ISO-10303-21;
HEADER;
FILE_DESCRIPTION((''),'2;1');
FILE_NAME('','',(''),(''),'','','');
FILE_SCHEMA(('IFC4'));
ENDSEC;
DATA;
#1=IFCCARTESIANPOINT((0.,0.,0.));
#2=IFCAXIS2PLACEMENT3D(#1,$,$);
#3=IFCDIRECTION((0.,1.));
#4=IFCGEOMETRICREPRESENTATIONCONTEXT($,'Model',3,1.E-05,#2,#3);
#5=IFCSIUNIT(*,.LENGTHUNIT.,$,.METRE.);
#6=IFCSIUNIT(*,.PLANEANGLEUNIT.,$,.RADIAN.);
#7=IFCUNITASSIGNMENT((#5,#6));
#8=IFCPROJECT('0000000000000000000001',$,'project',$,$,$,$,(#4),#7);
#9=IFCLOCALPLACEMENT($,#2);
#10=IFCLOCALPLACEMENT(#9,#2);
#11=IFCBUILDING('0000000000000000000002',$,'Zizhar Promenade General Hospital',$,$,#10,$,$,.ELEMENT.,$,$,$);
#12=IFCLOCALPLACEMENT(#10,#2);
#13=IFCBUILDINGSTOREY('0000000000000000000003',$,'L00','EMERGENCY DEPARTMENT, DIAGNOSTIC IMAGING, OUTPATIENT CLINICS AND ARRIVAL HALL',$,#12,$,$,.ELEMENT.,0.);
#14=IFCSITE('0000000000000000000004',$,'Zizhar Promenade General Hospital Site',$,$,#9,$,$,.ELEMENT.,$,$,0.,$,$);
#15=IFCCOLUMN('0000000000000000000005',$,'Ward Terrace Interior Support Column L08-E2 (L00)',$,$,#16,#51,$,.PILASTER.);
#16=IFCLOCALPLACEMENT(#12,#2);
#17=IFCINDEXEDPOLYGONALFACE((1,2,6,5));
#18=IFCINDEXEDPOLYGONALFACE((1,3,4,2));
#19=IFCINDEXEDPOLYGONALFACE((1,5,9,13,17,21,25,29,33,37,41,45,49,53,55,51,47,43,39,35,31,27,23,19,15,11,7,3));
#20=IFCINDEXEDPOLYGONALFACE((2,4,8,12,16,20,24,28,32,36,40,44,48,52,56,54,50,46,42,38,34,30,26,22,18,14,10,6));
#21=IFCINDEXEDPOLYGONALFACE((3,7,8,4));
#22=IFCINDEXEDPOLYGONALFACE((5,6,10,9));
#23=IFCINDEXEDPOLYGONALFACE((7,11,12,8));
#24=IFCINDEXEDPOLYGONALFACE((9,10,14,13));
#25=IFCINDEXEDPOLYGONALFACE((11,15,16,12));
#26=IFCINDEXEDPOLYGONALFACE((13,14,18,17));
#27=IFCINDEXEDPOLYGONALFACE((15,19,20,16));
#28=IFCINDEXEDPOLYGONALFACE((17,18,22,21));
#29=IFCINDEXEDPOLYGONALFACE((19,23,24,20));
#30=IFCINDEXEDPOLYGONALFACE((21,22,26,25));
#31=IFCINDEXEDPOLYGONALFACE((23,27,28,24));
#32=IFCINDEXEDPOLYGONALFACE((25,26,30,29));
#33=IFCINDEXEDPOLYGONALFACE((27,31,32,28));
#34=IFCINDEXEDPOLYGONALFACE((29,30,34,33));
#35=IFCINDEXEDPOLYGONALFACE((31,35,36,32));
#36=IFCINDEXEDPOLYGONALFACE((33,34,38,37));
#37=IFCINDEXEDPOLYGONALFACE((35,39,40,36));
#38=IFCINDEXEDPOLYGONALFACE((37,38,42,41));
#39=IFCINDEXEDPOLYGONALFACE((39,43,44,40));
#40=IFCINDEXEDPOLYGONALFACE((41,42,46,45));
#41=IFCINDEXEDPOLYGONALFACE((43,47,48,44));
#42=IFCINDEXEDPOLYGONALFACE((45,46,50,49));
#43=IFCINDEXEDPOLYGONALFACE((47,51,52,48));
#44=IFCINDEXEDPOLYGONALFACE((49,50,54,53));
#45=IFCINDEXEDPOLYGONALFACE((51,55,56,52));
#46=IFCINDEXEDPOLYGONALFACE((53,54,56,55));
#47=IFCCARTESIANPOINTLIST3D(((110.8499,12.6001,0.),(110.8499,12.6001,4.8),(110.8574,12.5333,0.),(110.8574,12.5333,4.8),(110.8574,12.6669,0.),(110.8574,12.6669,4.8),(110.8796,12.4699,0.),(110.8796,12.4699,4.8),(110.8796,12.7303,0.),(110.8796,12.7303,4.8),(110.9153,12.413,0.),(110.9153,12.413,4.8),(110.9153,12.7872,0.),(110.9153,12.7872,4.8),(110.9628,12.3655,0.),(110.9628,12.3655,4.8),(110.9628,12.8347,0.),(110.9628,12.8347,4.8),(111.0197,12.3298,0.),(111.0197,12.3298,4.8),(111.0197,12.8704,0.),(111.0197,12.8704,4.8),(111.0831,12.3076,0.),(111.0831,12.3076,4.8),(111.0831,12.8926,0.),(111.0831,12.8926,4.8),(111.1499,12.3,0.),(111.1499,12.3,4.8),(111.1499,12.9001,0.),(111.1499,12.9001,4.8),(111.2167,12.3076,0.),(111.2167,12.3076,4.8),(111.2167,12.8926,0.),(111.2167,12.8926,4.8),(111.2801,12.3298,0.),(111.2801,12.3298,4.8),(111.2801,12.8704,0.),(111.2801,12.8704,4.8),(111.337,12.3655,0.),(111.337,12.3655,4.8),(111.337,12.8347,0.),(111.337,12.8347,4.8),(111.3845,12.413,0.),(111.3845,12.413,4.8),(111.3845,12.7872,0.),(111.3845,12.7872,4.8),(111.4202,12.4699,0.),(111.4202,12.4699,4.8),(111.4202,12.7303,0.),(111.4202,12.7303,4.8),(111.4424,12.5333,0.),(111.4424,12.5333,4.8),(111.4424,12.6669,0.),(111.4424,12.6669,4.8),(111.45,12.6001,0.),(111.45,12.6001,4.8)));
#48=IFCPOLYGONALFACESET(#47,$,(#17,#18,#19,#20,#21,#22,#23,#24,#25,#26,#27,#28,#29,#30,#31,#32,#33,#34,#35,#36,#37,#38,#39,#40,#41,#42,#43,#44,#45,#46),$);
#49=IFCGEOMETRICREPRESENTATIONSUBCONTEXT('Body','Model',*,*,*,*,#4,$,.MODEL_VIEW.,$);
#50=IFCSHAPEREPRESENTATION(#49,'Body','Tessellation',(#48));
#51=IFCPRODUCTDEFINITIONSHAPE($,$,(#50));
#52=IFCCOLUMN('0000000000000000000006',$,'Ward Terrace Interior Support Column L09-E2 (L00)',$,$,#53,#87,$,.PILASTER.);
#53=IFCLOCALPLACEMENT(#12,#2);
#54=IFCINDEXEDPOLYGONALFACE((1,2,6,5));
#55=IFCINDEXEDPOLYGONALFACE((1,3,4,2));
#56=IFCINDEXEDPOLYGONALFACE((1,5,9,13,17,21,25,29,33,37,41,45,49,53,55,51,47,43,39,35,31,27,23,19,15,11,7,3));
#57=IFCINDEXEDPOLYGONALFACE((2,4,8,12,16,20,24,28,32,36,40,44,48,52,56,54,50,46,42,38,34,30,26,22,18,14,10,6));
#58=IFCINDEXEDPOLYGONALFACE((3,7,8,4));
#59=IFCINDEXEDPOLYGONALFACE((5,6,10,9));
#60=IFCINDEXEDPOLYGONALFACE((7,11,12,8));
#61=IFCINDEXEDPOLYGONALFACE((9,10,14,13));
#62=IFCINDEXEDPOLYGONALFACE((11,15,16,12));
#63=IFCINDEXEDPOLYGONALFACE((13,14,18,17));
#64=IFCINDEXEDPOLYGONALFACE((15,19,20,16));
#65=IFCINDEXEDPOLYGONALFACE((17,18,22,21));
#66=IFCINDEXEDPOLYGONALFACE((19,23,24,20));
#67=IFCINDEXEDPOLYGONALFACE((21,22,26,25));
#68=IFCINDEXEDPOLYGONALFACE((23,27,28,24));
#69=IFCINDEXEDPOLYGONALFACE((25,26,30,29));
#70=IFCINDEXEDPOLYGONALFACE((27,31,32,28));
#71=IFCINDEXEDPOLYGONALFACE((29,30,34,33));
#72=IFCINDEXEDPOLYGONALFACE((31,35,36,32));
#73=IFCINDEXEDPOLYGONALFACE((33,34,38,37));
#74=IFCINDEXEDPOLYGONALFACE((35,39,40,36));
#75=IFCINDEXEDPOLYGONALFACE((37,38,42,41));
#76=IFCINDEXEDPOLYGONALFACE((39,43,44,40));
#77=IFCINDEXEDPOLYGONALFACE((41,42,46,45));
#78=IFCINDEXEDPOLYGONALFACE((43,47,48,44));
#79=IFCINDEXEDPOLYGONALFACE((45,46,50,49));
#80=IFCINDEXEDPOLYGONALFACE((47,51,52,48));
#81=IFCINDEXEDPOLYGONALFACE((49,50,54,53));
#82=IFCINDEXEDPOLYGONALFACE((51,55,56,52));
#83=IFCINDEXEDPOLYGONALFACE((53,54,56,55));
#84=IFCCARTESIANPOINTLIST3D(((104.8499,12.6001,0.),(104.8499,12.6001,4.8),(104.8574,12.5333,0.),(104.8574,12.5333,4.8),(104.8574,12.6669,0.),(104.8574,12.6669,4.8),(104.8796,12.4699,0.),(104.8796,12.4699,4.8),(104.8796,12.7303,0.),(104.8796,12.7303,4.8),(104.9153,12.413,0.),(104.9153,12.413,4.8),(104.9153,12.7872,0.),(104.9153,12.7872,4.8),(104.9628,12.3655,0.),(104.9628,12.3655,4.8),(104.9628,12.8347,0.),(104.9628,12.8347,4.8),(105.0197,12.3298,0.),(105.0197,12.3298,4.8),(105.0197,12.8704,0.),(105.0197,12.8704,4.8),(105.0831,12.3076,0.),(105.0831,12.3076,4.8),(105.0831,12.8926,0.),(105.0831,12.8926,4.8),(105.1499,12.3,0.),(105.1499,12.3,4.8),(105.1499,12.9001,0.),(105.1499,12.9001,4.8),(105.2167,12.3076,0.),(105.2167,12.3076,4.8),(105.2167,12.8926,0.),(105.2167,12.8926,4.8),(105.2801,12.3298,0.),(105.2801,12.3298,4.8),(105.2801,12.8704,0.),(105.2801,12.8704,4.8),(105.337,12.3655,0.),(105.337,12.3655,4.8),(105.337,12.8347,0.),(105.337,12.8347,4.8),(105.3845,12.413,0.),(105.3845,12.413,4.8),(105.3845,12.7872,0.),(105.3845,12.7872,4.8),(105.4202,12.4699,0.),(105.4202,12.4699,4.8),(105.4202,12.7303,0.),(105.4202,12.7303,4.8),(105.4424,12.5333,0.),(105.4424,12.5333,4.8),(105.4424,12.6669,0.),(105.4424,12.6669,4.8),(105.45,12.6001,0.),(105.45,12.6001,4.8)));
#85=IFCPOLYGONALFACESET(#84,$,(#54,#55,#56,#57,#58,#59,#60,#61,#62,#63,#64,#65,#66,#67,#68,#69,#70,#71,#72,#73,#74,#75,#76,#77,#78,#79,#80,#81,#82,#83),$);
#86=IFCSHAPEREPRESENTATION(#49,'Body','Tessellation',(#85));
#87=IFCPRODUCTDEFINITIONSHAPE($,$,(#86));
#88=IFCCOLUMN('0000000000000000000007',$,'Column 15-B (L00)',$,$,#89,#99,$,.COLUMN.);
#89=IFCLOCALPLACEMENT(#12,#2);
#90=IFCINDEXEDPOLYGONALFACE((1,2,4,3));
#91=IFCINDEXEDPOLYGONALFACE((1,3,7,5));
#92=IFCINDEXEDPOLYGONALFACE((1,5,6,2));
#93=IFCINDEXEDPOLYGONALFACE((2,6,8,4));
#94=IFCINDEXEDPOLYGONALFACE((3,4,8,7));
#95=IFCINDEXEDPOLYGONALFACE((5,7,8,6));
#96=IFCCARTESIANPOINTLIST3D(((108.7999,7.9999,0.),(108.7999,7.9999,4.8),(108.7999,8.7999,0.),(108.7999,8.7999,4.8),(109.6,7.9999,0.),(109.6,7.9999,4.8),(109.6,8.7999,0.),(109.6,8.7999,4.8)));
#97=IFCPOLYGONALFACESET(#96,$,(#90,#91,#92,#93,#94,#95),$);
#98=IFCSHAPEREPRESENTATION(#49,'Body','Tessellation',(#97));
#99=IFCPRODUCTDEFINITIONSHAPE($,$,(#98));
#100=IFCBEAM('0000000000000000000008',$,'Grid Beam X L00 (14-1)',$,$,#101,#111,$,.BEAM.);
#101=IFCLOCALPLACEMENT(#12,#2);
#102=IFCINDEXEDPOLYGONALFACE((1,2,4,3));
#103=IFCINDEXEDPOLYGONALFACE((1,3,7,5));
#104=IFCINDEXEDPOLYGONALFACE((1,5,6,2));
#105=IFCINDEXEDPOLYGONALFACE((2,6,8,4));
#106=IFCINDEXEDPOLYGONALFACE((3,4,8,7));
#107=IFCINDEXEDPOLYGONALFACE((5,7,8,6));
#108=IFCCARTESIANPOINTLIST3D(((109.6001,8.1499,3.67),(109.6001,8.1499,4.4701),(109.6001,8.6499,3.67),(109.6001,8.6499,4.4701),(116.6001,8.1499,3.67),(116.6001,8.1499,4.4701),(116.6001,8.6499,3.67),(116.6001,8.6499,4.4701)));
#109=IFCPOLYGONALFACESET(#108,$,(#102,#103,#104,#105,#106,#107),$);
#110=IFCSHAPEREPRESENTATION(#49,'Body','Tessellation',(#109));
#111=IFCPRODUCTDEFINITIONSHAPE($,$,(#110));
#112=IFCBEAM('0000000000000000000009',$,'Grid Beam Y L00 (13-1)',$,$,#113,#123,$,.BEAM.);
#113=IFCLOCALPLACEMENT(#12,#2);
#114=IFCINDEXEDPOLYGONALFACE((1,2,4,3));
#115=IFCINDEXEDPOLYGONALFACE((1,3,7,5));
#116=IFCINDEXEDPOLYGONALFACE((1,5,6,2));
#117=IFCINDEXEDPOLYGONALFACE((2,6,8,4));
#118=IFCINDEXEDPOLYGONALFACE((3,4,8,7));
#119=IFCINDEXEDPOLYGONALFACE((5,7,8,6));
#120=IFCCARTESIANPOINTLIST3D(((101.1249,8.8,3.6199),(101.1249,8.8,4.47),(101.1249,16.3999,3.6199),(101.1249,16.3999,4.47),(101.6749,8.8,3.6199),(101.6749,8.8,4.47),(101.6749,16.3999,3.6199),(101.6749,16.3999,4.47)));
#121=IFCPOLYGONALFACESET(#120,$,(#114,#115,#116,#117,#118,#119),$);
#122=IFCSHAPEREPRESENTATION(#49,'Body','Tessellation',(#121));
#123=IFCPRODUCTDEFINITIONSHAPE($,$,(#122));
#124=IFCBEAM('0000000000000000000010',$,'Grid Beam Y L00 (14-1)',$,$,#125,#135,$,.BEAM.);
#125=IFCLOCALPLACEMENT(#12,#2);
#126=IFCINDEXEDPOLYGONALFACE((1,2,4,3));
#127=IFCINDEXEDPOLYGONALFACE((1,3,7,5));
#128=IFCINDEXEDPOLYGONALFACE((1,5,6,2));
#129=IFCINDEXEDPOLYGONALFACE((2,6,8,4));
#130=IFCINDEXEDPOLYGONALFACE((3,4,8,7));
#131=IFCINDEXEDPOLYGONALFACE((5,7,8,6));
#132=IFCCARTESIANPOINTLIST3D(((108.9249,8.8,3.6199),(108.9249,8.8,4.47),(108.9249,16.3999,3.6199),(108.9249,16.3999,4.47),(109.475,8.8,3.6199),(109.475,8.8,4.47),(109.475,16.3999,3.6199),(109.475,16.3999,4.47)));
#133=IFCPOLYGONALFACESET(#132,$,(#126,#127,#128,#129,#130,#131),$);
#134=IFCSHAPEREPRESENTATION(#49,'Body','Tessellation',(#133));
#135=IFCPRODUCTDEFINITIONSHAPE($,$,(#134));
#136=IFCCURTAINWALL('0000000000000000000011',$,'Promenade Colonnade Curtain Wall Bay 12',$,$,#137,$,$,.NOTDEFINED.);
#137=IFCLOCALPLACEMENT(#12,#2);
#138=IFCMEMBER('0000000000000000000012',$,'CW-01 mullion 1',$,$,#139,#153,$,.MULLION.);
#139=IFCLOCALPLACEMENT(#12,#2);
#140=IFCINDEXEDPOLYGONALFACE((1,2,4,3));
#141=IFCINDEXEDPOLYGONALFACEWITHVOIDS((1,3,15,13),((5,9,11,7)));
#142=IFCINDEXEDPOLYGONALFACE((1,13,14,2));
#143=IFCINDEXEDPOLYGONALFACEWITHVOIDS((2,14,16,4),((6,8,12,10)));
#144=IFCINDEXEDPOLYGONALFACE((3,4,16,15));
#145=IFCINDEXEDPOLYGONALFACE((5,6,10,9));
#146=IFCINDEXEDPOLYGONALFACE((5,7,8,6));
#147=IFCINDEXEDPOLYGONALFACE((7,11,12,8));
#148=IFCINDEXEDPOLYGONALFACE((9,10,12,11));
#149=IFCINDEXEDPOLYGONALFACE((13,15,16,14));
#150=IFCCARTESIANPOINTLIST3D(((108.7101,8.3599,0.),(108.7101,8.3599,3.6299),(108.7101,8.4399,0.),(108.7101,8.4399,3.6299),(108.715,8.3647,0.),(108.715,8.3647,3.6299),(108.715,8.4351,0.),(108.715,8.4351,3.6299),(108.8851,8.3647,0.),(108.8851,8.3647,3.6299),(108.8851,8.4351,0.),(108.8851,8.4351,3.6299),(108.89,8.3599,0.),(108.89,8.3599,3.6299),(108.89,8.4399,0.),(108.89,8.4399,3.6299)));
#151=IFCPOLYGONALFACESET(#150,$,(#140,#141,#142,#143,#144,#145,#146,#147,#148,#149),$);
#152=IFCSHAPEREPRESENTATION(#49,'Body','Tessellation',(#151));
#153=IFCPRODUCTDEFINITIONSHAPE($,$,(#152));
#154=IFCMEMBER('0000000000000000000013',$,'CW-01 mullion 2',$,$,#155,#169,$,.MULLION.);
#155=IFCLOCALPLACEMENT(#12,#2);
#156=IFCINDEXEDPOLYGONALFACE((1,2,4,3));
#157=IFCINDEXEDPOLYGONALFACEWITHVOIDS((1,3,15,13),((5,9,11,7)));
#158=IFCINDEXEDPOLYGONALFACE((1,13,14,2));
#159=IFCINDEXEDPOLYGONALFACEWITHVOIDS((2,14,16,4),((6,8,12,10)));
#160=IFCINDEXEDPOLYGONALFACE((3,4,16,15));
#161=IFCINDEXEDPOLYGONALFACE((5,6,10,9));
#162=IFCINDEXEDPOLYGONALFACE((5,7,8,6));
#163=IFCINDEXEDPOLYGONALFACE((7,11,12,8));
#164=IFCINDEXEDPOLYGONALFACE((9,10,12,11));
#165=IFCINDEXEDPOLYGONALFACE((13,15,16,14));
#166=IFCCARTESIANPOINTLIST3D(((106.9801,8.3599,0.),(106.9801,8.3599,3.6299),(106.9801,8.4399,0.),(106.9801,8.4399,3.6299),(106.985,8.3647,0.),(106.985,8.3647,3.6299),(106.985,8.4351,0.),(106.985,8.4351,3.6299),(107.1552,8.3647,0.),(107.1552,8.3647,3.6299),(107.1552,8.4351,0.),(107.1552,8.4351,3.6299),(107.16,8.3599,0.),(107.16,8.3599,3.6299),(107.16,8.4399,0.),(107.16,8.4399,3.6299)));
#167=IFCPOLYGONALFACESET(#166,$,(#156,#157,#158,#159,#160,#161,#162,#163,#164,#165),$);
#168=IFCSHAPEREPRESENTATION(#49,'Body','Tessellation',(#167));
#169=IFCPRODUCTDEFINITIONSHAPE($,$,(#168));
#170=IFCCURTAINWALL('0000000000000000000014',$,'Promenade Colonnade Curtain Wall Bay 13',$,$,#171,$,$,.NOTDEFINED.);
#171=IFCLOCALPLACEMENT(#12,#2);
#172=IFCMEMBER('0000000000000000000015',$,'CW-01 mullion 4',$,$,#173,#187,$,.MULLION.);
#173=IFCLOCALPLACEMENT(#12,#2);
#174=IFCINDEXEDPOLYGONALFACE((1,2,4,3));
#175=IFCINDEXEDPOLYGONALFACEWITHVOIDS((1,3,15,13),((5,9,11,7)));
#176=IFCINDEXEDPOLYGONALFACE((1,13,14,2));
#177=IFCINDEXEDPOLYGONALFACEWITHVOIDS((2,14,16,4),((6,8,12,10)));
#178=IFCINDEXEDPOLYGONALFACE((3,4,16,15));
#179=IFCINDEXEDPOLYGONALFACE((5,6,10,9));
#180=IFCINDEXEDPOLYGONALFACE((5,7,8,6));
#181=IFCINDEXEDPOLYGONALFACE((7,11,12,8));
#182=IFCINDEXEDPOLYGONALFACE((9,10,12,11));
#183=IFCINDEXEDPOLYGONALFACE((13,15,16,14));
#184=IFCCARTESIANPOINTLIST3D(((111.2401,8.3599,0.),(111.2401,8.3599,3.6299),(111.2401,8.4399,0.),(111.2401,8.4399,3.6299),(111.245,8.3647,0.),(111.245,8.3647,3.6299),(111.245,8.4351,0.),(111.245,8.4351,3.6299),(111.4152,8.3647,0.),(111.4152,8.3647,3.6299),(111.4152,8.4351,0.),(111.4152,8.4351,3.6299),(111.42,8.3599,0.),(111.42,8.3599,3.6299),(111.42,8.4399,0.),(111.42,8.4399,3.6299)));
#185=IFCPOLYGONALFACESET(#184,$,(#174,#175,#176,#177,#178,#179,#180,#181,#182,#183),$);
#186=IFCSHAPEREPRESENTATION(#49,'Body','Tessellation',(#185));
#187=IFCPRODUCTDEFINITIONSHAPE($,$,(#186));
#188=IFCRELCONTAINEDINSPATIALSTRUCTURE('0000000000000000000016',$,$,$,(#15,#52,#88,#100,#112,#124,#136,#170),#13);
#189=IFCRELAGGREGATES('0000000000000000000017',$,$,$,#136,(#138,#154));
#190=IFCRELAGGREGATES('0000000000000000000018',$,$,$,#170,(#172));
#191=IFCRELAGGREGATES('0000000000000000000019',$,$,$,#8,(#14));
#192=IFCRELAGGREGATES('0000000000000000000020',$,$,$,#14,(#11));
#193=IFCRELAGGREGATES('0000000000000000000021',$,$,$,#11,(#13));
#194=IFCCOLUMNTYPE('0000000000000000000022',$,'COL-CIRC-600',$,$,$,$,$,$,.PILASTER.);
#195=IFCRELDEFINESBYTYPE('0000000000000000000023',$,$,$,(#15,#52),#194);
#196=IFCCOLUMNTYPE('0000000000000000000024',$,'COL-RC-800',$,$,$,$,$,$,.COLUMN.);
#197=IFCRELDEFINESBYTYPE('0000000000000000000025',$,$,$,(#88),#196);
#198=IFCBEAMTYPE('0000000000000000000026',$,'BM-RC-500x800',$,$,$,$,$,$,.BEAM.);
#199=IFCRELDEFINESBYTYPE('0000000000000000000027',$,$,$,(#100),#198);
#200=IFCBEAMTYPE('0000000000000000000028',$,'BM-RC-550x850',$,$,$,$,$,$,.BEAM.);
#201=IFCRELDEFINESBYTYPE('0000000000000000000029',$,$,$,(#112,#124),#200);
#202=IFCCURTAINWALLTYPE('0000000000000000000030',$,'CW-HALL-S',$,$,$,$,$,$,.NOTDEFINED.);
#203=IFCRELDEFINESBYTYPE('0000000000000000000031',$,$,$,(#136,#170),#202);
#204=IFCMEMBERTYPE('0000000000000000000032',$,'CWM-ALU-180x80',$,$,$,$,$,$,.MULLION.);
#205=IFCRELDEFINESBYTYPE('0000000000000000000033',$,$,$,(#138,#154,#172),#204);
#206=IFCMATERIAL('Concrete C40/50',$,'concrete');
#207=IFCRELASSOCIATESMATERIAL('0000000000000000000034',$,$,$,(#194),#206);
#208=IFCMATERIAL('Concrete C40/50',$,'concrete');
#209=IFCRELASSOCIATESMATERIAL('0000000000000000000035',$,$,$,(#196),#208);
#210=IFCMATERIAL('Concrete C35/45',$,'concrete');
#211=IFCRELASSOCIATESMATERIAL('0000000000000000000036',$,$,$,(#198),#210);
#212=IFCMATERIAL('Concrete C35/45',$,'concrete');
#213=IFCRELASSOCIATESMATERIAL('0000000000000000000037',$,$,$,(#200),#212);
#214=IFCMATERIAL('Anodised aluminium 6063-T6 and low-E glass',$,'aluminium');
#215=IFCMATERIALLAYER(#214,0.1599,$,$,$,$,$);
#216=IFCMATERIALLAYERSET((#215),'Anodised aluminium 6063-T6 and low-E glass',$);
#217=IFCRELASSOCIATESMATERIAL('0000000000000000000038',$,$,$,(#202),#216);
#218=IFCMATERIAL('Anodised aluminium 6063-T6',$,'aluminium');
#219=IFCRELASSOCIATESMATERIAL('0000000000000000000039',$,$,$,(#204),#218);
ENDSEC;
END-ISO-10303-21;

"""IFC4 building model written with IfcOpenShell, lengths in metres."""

from ifc_helpers import new_model, si_unit, direction, frame, origin, origin_2d, place, context, subcontext, project, spatial, rectangle, hollow_rectangle, circle, extrude, material, layer, layer_set, material_profile, profile_set, type_object, element, aggregate, save


model = new_model("IFC4")

# Units and contexts
model_context = context("Model", 3, precision=1e-05, world=origin(), true_north=direction((0.0, 1.0)))
body_context = subcontext(model_context, "Body", "Model", "MODEL_VIEW")
ifc_project = project(units=[si_unit("LENGTHUNIT", "METRE"), si_unit("PLANEANGLEUNIT", "RADIAN")], contexts=[model_context])

# Site, building, storey
site_placement = place(None, origin())
site = spatial("IfcSite", under=ifc_project, at=site_placement, Name="Zizhar Promenade General Hospital Site", CompositionType="ELEMENT", RefElevation=0.0)
building_placement = place(site_placement, origin())
building = spatial("IfcBuilding", under=site, at=building_placement, Name="Zizhar Promenade General Hospital", CompositionType="ELEMENT")
storey_placement = place(building_placement, origin())
storey = spatial("IfcBuildingStorey", under=building, at=storey_placement, Name="L00", Description="EMERGENCY DEPARTMENT, DIAGNOSTIC IMAGING, OUTPATIENT CLINICS AND ARRIVAL HALL", CompositionType="ELEMENT", Elevation=0.0)

# Columns
ifc_material_1 = material(Name="Concrete C40/50", Category="concrete")
ifc_material_profile_1 = material_profile(ifc_material_1, circle(Radius=0.3, at=origin_2d()))
ifc_profile_set_1 = profile_set([ifc_material_profile_1], Name="Concrete C40/50")
column_type_1 = type_object("IfcColumnType", Name="COL-CIRC-600", PredefinedType="PILASTER", material=ifc_profile_set_1)
for number, where, z_axis, x_axis, name in (
    (1, (111.1499, 12.6001, 0.0), (0.0, 0.0, 1.0), (1.0, 0.0, 0.0), "Ward Terrace Interior Support Column L08-E2 (L00)"),
    (2, (105.1499, 12.6001, 0.0), (0.0, 0.0, 1.0), (1.0, 0.0, 0.0), "Ward Terrace Interior Support Column L09-E2 (L00)"),
):
    element("IfcColumn", number, at=place(storey_placement, frame(where, z_axis=z_axis, x_axis=x_axis)), inside=storey, type_object=column_type_1, Name=name, PredefinedType="PILASTER", context=body_context, shape_type="SweptSolid", body=[
        extrude(circle(Radius=0.3, at=origin_2d()), origin(), (0.0, 0.0, 1.0), 4.8),
    ])
ifc_material_2 = material(Name="Concrete C40/50", Category="concrete")
ifc_material_profile_2 = material_profile(ifc_material_2, rectangle(XDim=0.8, YDim=0.8, at=origin_2d()))
ifc_profile_set_2 = profile_set([ifc_material_profile_2], Name="Concrete C40/50")
column_type_2 = type_object("IfcColumnType", Name="COL-RC-800", PredefinedType="COLUMN", material=ifc_profile_set_2)
column_placement = place(storey_placement, frame((109.2, 8.3999, 0.0), z_axis=(0.0, 0.0, 1.0), x_axis=(1.0, 0.0, 0.0)))
element("IfcColumn", 3, at=column_placement, inside=storey, type_object=column_type_2, Name="Column 15-B (L00)", PredefinedType="COLUMN", context=body_context, shape_type="SweptSolid", body=[
    extrude(rectangle(XDim=0.8, YDim=0.8, at=origin_2d()), origin(), (0.0, 0.0, 1.0), 4.8),
])

# Beams
ifc_material_3 = material(Name="Concrete C35/45", Category="concrete")
ifc_material_profile_3 = material_profile(ifc_material_3, rectangle(XDim=0.5, YDim=0.8, at=origin_2d()))
ifc_profile_set_3 = profile_set([ifc_material_profile_3], Name="Concrete C35/45")
beam_type_1 = type_object("IfcBeamType", Name="BM-RC-500x800", PredefinedType="BEAM", material=ifc_profile_set_3)
beam_placement = place(storey_placement, frame((109.6001, 8.3999, 4.0701), z_axis=(1.0, 0.0, 0.0), x_axis=(0.0, 1.0, 0.0)))
element("IfcBeam", 4, at=beam_placement, inside=storey, type_object=beam_type_1, Name="Grid Beam X L00 (14-1)", PredefinedType="BEAM", context=body_context, shape_type="SweptSolid", body=[
    extrude(rectangle(XDim=0.5, YDim=0.8, at=origin_2d()), origin(), (0.0, 0.0, 1.0), 7.0),
])
ifc_material_4 = material(Name="Concrete C35/45", Category="concrete")
ifc_material_profile_4 = material_profile(ifc_material_4, rectangle(XDim=0.55, YDim=0.8501, at=origin_2d()))
ifc_profile_set_4 = profile_set([ifc_material_profile_4], Name="Concrete C35/45")
beam_type_2 = type_object("IfcBeamType", Name="BM-RC-550x850", PredefinedType="BEAM", material=ifc_profile_set_4)
for number, where, z_axis, x_axis, name in (
    (5, (101.3999, 8.8, 4.0449), (0.0, 1.0, 0.0), (-1.0, 0.0, 0.0), "Grid Beam Y L00 (13-1)"),
    (6, (109.2, 8.8, 4.0449), (0.0, 1.0, 0.0), (-1.0, 0.0, 0.0), "Grid Beam Y L00 (14-1)"),
):
    element("IfcBeam", number, at=place(storey_placement, frame(where, z_axis=z_axis, x_axis=x_axis)), inside=storey, type_object=beam_type_2, Name=name, PredefinedType="BEAM", context=body_context, shape_type="SweptSolid", body=[
        extrude(rectangle(XDim=0.55, YDim=0.8501, at=origin_2d()), origin(), (0.0, 0.0, 1.0), 7.5999),
    ])

# Curtain walls, members
ifc_material_5 = material(Name="Anodised aluminium 6063-T6 and low-E glass", Category="aluminium")
ifc_layer_1 = layer(ifc_material_5, 0.1599)
ifc_layer_set_1 = layer_set([ifc_layer_1], Name="Anodised aluminium 6063-T6 and low-E glass")
curtain_wall_type = type_object("IfcCurtainWallType", Name="CW-HALL-S", PredefinedType="NOTDEFINED", material=ifc_layer_set_1)
curtain_wall_1_placement = place(storey_placement, origin())
curtain_wall_1 = element("IfcCurtainWall", 7, at=curtain_wall_1_placement, inside=storey, type_object=curtain_wall_type, Name="Promenade Colonnade Curtain Wall Bay 12", PredefinedType="NOTDEFINED")
ifc_material_6 = material(Name="Anodised aluminium 6063-T6", Category="aluminium")
ifc_material_profile_5 = material_profile(ifc_material_6, hollow_rectangle(XDim=0.0801, YDim=0.1799, WallThickness=0.0049, at=origin_2d()))
ifc_profile_set_5 = profile_set([ifc_material_profile_5], Name="Anodised aluminium 6063-T6")
member_type_1 = type_object("IfcMemberType", Name="CWM-ALU-180x80", PredefinedType="MULLION", material=ifc_profile_set_5)
member_1_placement = place(storey_placement, frame((108.8, 8.3999, 0.0), z_axis=(0.0, 0.0, 1.0), x_axis=(0.0, -1.0, 0.0)))
member_1 = element("IfcMember", 8, at=member_1_placement, type_object=member_type_1, Name="CW-01 mullion 1", PredefinedType="MULLION", context=body_context, shape_type="SweptSolid", body=[
    extrude(hollow_rectangle(XDim=0.0801, YDim=0.1799, WallThickness=0.0049, at=origin_2d()), origin(), (0.0, 0.0, 1.0), 3.6299),
])
member_2_placement = place(storey_placement, frame((107.0701, 8.3999, 0.0), z_axis=(0.0, 0.0, 1.0), x_axis=(0.0, -1.0, 0.0)))
member_2 = element("IfcMember", 9, at=member_2_placement, type_object=member_type_1, Name="CW-01 mullion 2", PredefinedType="MULLION", context=body_context, shape_type="SweptSolid", body=[
    extrude(hollow_rectangle(XDim=0.0801, YDim=0.1799, WallThickness=0.0049, at=origin_2d()), origin(), (0.0, 0.0, 1.0), 3.6299),
])
curtain_wall_2_placement = place(storey_placement, origin())
curtain_wall_2 = element("IfcCurtainWall", 10, at=curtain_wall_2_placement, inside=storey, type_object=curtain_wall_type, Name="Promenade Colonnade Curtain Wall Bay 13", PredefinedType="NOTDEFINED")
member_3_placement = place(storey_placement, frame((111.3301, 8.3999, 0.0), z_axis=(0.0, 0.0, 1.0), x_axis=(0.0, -1.0, 0.0)))
member_3 = element("IfcMember", 11, at=member_3_placement, type_object=member_type_1, Name="CW-01 mullion 4", PredefinedType="MULLION", context=body_context, shape_type="SweptSolid", body=[
    extrude(hollow_rectangle(XDim=0.0801, YDim=0.1799, WallThickness=0.0049, at=origin_2d()), origin(), (0.0, 0.0, 1.0), 3.6299),
])

aggregate(curtain_wall_1, [member_1, member_2])
aggregate(curtain_wall_2, [member_3])

save(model, "model.ifc")
